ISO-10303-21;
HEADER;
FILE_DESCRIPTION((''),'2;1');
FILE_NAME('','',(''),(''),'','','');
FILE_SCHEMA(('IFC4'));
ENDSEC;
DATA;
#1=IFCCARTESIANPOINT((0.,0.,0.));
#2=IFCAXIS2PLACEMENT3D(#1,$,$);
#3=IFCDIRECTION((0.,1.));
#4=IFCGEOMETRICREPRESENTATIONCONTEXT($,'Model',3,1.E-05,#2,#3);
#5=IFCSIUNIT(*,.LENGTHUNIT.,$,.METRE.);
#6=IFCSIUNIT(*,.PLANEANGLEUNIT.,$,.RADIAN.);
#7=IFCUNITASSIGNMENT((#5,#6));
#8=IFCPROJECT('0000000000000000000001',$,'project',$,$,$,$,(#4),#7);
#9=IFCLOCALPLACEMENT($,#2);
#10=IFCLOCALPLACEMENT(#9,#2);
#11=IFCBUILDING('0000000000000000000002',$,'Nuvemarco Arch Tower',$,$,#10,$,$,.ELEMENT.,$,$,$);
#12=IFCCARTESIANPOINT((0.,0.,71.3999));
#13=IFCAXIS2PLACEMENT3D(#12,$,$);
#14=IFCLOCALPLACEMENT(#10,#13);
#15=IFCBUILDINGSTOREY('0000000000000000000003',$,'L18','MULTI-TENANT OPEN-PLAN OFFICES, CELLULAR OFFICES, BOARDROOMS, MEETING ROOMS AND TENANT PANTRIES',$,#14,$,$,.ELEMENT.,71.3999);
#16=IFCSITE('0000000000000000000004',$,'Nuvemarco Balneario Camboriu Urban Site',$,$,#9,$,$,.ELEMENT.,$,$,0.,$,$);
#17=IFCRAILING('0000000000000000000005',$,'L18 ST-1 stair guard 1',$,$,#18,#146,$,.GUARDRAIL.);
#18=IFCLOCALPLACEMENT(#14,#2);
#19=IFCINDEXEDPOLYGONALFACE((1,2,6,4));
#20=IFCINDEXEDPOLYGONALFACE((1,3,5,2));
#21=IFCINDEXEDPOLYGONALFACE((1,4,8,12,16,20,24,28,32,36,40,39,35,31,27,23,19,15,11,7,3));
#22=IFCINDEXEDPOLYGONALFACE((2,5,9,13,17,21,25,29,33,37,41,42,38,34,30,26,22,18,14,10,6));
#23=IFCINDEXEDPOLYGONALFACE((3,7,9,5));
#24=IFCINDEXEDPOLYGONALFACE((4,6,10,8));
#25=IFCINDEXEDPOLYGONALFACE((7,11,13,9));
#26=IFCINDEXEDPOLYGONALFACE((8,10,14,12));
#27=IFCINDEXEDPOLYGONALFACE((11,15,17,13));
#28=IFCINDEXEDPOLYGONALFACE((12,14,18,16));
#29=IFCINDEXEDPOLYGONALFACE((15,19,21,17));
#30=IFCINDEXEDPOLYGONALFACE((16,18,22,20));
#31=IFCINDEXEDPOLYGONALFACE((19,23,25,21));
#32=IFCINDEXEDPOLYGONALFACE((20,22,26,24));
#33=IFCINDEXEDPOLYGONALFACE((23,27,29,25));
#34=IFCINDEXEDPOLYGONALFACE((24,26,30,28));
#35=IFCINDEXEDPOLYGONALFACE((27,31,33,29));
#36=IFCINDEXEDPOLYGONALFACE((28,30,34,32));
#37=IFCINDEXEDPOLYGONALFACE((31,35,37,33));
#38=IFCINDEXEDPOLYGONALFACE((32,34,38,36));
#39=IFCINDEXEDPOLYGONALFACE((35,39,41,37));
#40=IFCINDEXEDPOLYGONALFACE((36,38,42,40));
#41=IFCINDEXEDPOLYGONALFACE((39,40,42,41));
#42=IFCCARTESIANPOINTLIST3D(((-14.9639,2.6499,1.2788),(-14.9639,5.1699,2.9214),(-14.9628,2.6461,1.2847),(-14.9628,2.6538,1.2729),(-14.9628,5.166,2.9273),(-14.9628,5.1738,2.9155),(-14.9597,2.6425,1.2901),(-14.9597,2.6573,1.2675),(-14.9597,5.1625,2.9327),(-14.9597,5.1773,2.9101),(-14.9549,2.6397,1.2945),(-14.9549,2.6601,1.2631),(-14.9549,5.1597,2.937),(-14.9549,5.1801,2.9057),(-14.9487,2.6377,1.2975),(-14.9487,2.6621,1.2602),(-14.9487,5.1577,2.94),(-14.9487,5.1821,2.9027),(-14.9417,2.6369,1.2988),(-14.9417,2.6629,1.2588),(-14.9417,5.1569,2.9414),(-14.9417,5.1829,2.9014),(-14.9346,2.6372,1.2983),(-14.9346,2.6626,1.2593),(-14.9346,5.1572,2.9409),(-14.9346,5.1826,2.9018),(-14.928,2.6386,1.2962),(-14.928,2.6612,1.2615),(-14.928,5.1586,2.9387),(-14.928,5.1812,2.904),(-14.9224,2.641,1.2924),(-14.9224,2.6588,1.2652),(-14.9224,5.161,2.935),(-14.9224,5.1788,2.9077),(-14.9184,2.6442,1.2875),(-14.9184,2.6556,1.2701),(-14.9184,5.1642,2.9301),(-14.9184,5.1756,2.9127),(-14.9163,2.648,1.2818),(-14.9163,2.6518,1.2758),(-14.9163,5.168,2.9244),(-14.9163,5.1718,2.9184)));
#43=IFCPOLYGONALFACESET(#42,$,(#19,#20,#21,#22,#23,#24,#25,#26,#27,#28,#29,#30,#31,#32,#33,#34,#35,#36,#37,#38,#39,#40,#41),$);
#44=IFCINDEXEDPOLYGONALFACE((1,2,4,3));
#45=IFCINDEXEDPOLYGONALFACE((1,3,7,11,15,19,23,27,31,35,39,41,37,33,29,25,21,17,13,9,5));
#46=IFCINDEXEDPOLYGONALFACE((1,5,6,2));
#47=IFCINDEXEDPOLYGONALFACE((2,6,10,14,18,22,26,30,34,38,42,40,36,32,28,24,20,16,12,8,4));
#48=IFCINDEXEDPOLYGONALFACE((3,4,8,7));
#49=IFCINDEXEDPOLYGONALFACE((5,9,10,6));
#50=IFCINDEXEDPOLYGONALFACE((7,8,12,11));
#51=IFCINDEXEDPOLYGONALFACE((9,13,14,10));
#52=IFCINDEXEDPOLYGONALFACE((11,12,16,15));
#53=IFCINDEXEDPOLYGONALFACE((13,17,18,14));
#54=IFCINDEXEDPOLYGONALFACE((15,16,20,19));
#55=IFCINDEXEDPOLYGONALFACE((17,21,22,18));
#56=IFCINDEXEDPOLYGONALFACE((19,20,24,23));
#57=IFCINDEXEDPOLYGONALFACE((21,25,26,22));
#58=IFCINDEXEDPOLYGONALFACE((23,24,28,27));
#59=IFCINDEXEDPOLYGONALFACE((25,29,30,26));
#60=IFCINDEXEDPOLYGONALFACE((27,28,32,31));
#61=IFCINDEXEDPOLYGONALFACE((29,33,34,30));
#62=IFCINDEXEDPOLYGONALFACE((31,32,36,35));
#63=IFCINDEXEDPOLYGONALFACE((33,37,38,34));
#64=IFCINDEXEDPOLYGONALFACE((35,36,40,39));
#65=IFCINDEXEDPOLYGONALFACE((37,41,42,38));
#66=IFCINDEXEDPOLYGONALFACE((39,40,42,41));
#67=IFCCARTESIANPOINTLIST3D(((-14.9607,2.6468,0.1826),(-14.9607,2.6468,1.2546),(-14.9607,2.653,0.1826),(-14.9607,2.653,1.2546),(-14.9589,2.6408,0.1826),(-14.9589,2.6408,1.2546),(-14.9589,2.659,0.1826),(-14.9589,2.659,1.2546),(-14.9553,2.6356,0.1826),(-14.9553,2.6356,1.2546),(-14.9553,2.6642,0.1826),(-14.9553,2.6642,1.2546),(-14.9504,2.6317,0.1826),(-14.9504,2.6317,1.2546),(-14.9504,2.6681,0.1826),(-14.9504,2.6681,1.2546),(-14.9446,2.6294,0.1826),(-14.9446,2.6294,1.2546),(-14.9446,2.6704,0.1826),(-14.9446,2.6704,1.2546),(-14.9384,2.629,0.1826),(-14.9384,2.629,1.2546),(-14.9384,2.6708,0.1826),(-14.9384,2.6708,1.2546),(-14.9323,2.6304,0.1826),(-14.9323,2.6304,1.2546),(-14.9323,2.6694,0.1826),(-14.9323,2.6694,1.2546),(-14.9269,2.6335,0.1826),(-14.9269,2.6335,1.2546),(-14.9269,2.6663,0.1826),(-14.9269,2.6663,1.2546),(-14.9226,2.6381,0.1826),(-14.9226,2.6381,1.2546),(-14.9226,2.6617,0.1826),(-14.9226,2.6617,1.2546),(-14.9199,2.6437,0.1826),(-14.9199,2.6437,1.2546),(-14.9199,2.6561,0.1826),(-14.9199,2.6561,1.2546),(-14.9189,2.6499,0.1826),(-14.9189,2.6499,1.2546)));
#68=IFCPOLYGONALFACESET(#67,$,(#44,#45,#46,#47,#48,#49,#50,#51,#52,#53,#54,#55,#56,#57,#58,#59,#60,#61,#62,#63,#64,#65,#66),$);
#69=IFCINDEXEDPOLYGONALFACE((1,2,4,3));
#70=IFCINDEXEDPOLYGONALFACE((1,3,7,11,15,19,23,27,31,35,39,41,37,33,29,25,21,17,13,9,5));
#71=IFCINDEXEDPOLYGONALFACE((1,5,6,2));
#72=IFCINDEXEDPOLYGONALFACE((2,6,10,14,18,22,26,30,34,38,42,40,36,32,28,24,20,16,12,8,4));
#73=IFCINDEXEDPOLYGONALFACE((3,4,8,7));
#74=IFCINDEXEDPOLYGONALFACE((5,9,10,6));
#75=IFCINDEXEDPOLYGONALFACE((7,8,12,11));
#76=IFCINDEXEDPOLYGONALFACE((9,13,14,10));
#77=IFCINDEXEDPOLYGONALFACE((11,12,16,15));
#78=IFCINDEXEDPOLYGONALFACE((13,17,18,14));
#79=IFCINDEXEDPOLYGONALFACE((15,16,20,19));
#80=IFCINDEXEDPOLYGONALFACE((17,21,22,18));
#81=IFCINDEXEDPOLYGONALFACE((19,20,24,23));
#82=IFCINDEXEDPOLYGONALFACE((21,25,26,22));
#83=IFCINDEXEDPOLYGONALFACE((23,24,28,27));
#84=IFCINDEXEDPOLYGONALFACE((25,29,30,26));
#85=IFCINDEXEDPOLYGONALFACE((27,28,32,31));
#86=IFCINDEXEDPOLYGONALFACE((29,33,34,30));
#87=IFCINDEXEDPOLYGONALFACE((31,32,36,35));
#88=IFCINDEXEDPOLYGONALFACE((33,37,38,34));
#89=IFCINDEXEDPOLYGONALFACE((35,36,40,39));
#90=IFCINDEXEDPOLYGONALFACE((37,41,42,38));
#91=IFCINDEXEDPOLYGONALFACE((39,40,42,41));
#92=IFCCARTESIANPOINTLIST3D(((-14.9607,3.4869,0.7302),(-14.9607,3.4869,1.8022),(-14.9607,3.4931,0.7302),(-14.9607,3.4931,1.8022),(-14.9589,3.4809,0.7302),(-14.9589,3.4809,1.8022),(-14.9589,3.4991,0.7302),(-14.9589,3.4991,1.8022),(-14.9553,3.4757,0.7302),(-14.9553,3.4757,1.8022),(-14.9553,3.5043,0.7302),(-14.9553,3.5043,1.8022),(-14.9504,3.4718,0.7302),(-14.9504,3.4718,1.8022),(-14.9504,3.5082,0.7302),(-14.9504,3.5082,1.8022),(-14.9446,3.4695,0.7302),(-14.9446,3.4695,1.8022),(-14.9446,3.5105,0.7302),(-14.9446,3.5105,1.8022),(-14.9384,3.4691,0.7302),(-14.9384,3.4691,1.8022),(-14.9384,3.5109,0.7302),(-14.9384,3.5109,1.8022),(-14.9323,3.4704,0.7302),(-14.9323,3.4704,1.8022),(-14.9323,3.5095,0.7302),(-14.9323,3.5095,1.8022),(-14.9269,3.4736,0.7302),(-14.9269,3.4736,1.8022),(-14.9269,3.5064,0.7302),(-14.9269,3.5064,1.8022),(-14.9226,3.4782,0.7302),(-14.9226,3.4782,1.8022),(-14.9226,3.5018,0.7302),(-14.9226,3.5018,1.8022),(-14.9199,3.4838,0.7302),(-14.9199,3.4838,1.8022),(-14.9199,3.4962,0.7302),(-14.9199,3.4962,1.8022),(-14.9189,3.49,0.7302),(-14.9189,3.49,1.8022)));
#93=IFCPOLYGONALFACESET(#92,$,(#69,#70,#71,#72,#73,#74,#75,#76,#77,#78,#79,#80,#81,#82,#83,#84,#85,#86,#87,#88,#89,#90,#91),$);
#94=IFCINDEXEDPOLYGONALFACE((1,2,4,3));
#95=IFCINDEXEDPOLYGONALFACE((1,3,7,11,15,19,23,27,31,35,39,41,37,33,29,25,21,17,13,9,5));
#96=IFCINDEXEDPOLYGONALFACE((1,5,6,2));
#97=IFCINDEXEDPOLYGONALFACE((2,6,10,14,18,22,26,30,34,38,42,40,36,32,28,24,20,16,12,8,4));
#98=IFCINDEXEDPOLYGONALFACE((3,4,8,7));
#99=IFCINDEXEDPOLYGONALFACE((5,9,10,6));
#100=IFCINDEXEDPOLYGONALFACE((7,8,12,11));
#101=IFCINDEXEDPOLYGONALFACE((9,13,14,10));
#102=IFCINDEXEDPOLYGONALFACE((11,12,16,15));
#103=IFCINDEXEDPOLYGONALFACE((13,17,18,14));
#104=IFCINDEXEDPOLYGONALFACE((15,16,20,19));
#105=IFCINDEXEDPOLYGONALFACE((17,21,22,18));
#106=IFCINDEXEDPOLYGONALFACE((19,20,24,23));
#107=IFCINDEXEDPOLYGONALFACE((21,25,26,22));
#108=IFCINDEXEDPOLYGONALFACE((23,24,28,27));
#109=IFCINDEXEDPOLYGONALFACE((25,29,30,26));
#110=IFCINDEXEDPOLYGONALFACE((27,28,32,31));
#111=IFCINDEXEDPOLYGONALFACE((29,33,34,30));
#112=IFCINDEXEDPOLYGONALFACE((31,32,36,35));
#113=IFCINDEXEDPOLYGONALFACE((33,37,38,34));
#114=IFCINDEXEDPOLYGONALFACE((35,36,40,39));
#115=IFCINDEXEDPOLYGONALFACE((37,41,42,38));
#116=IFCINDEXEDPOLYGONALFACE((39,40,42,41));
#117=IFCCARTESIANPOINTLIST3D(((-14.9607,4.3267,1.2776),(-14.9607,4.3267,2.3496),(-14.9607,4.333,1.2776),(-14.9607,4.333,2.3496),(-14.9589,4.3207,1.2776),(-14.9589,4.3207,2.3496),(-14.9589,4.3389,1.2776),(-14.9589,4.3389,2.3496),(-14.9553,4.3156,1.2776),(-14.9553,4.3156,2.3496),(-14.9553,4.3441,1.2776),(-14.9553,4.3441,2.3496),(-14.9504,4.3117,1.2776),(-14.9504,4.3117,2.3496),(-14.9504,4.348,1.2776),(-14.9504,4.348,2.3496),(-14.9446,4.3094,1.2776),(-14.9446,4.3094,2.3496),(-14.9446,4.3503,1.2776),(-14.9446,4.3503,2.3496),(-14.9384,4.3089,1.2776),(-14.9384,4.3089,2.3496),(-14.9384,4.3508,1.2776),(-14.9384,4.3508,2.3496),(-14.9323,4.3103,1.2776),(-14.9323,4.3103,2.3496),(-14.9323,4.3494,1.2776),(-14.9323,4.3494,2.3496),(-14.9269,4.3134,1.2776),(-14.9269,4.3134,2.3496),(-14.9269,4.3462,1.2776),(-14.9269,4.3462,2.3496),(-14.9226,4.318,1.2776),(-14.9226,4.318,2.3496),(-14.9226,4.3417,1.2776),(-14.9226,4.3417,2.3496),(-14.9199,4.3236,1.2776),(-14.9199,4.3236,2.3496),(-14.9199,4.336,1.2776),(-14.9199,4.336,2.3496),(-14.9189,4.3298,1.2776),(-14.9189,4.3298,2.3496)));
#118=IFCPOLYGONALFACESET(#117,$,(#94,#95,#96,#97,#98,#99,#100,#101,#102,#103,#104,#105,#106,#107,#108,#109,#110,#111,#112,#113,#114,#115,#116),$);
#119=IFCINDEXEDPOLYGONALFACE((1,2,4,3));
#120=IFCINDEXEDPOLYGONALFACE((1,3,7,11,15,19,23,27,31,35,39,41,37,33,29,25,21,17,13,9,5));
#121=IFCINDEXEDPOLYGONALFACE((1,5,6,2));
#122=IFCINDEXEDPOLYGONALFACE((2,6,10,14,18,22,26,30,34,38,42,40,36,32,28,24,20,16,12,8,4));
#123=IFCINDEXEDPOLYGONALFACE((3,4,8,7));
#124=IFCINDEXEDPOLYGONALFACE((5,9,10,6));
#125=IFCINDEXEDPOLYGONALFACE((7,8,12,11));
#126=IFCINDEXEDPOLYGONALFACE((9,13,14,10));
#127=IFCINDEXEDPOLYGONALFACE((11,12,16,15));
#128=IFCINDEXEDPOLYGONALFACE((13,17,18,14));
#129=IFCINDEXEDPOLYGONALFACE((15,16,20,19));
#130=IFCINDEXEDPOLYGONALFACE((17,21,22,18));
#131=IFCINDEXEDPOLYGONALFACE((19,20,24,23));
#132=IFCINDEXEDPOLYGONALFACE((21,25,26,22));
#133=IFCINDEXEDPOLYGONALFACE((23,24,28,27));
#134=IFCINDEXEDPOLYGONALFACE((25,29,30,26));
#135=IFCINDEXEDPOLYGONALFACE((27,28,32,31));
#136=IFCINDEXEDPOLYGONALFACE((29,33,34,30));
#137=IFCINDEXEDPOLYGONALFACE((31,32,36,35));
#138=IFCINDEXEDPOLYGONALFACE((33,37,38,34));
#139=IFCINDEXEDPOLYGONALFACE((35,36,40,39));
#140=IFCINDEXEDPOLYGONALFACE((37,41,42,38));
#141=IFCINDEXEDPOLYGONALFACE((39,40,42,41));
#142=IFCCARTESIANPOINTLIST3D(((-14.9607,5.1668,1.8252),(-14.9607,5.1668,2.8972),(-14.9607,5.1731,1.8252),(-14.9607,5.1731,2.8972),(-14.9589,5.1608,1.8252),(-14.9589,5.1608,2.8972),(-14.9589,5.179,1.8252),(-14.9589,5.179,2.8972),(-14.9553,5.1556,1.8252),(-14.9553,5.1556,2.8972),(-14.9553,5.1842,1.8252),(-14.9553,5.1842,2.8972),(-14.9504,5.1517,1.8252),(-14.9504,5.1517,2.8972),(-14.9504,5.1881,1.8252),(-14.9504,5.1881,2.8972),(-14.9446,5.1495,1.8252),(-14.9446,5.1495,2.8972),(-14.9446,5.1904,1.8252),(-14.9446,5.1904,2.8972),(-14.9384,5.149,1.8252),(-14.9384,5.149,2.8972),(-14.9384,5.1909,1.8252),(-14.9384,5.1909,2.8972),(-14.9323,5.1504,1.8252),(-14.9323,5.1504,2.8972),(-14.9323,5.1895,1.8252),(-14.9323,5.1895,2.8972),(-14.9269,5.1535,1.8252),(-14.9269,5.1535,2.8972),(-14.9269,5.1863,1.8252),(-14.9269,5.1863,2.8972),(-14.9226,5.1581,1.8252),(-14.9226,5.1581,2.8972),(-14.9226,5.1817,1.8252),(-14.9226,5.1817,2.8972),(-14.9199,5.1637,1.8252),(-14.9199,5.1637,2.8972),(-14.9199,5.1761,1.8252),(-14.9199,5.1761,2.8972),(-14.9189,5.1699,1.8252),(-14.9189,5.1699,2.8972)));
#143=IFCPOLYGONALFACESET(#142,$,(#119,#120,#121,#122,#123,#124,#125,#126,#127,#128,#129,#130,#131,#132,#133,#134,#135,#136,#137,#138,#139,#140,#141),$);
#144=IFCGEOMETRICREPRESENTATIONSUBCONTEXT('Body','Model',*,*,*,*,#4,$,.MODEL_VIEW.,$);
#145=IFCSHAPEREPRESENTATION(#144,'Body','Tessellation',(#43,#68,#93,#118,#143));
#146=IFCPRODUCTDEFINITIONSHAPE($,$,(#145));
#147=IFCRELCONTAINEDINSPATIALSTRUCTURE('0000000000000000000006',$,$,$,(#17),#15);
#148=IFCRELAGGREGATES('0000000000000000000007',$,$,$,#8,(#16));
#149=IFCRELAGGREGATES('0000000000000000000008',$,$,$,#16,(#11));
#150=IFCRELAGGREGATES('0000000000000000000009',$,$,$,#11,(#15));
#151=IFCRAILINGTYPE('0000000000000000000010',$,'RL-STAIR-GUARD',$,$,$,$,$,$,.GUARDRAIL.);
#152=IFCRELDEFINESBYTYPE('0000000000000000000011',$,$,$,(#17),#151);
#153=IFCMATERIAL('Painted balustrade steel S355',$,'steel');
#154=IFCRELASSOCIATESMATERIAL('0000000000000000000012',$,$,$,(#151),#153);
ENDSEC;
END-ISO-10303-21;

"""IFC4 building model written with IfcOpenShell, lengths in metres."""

from ifc_helpers import new_model, si_unit, direction, frame, origin, origin_2d, place, context, subcontext, project, spatial, circle, extrude, material, type_object, element, save


model = new_model("IFC4")

# Units and contexts
model_context = context("Model", 3, precision=1e-05, world=origin(), true_north=direction((0.0, 1.0)))
body_context = subcontext(model_context, "Body", "Model", "MODEL_VIEW")
ifc_project = project(units=[si_unit("LENGTHUNIT", "METRE"), si_unit("PLANEANGLEUNIT", "RADIAN")], contexts=[model_context])

# Site, building, storey
site_placement = place(None, origin())
site = spatial("IfcSite", under=ifc_project, at=site_placement, Name="Nuvemarco Balneario Camboriu Urban Site", CompositionType="ELEMENT", RefElevation=0.0)
building_placement = place(site_placement, origin())
building = spatial("IfcBuilding", under=site, at=building_placement, Name="Nuvemarco Arch Tower", CompositionType="ELEMENT")
storey_placement = place(building_placement, frame((0.0, 0.0, 71.3999)))
storey = spatial("IfcBuildingStorey", under=building, at=storey_placement, Name="L18", Description="MULTI-TENANT OPEN-PLAN OFFICES, CELLULAR OFFICES, BOARDROOMS, MEETING ROOMS AND TENANT PANTRIES", CompositionType="ELEMENT", Elevation=71.3999)

# Railing
ifc_material_1 = material(Name="Painted balustrade steel S355", Category="steel")
railing_type_1 = type_object("IfcRailingType", Name="RL-STAIR-GUARD", PredefinedType="GUARDRAIL", material=ifc_material_1)
railing_1_placement = place(storey_placement, frame((-14.9399, 2.6499, 0.1826)))
element("IfcRailing", 1, at=railing_1_placement, inside=storey, type_object=railing_type_1, Name="L18 ST-1 stair guard 1", PredefinedType="GUARDRAIL", context=body_context, shape_type="SweptSolid", body=[
    extrude(circle(Radius=0.0239, at=origin_2d()), frame((0.0, 0.0, 1.0962), z_axis=(0.0, 0.837749, 0.546055), x_axis=(-1.0, 0.0, 0.0)), (0.0, 0.0, 1.0), 3.0081),
    extrude(circle(Radius=0.021, at=origin_2d()), origin(), (0.0, 0.0, 1.0), 1.072),
    extrude(circle(Radius=0.021, at=origin_2d()), frame((0.0, 0.8401, 0.5476)), (0.0, 0.0, 1.0), 1.072),
    extrude(circle(Radius=0.021, at=origin_2d()), frame((0.0, 1.6799, 1.095)), (0.0, 0.0, 1.0), 1.072),
    extrude(circle(Radius=0.021, at=origin_2d()), frame((0.0, 2.52, 1.6426)), (0.0, 0.0, 1.0), 1.072),
])

save(model, "model.ifc")
